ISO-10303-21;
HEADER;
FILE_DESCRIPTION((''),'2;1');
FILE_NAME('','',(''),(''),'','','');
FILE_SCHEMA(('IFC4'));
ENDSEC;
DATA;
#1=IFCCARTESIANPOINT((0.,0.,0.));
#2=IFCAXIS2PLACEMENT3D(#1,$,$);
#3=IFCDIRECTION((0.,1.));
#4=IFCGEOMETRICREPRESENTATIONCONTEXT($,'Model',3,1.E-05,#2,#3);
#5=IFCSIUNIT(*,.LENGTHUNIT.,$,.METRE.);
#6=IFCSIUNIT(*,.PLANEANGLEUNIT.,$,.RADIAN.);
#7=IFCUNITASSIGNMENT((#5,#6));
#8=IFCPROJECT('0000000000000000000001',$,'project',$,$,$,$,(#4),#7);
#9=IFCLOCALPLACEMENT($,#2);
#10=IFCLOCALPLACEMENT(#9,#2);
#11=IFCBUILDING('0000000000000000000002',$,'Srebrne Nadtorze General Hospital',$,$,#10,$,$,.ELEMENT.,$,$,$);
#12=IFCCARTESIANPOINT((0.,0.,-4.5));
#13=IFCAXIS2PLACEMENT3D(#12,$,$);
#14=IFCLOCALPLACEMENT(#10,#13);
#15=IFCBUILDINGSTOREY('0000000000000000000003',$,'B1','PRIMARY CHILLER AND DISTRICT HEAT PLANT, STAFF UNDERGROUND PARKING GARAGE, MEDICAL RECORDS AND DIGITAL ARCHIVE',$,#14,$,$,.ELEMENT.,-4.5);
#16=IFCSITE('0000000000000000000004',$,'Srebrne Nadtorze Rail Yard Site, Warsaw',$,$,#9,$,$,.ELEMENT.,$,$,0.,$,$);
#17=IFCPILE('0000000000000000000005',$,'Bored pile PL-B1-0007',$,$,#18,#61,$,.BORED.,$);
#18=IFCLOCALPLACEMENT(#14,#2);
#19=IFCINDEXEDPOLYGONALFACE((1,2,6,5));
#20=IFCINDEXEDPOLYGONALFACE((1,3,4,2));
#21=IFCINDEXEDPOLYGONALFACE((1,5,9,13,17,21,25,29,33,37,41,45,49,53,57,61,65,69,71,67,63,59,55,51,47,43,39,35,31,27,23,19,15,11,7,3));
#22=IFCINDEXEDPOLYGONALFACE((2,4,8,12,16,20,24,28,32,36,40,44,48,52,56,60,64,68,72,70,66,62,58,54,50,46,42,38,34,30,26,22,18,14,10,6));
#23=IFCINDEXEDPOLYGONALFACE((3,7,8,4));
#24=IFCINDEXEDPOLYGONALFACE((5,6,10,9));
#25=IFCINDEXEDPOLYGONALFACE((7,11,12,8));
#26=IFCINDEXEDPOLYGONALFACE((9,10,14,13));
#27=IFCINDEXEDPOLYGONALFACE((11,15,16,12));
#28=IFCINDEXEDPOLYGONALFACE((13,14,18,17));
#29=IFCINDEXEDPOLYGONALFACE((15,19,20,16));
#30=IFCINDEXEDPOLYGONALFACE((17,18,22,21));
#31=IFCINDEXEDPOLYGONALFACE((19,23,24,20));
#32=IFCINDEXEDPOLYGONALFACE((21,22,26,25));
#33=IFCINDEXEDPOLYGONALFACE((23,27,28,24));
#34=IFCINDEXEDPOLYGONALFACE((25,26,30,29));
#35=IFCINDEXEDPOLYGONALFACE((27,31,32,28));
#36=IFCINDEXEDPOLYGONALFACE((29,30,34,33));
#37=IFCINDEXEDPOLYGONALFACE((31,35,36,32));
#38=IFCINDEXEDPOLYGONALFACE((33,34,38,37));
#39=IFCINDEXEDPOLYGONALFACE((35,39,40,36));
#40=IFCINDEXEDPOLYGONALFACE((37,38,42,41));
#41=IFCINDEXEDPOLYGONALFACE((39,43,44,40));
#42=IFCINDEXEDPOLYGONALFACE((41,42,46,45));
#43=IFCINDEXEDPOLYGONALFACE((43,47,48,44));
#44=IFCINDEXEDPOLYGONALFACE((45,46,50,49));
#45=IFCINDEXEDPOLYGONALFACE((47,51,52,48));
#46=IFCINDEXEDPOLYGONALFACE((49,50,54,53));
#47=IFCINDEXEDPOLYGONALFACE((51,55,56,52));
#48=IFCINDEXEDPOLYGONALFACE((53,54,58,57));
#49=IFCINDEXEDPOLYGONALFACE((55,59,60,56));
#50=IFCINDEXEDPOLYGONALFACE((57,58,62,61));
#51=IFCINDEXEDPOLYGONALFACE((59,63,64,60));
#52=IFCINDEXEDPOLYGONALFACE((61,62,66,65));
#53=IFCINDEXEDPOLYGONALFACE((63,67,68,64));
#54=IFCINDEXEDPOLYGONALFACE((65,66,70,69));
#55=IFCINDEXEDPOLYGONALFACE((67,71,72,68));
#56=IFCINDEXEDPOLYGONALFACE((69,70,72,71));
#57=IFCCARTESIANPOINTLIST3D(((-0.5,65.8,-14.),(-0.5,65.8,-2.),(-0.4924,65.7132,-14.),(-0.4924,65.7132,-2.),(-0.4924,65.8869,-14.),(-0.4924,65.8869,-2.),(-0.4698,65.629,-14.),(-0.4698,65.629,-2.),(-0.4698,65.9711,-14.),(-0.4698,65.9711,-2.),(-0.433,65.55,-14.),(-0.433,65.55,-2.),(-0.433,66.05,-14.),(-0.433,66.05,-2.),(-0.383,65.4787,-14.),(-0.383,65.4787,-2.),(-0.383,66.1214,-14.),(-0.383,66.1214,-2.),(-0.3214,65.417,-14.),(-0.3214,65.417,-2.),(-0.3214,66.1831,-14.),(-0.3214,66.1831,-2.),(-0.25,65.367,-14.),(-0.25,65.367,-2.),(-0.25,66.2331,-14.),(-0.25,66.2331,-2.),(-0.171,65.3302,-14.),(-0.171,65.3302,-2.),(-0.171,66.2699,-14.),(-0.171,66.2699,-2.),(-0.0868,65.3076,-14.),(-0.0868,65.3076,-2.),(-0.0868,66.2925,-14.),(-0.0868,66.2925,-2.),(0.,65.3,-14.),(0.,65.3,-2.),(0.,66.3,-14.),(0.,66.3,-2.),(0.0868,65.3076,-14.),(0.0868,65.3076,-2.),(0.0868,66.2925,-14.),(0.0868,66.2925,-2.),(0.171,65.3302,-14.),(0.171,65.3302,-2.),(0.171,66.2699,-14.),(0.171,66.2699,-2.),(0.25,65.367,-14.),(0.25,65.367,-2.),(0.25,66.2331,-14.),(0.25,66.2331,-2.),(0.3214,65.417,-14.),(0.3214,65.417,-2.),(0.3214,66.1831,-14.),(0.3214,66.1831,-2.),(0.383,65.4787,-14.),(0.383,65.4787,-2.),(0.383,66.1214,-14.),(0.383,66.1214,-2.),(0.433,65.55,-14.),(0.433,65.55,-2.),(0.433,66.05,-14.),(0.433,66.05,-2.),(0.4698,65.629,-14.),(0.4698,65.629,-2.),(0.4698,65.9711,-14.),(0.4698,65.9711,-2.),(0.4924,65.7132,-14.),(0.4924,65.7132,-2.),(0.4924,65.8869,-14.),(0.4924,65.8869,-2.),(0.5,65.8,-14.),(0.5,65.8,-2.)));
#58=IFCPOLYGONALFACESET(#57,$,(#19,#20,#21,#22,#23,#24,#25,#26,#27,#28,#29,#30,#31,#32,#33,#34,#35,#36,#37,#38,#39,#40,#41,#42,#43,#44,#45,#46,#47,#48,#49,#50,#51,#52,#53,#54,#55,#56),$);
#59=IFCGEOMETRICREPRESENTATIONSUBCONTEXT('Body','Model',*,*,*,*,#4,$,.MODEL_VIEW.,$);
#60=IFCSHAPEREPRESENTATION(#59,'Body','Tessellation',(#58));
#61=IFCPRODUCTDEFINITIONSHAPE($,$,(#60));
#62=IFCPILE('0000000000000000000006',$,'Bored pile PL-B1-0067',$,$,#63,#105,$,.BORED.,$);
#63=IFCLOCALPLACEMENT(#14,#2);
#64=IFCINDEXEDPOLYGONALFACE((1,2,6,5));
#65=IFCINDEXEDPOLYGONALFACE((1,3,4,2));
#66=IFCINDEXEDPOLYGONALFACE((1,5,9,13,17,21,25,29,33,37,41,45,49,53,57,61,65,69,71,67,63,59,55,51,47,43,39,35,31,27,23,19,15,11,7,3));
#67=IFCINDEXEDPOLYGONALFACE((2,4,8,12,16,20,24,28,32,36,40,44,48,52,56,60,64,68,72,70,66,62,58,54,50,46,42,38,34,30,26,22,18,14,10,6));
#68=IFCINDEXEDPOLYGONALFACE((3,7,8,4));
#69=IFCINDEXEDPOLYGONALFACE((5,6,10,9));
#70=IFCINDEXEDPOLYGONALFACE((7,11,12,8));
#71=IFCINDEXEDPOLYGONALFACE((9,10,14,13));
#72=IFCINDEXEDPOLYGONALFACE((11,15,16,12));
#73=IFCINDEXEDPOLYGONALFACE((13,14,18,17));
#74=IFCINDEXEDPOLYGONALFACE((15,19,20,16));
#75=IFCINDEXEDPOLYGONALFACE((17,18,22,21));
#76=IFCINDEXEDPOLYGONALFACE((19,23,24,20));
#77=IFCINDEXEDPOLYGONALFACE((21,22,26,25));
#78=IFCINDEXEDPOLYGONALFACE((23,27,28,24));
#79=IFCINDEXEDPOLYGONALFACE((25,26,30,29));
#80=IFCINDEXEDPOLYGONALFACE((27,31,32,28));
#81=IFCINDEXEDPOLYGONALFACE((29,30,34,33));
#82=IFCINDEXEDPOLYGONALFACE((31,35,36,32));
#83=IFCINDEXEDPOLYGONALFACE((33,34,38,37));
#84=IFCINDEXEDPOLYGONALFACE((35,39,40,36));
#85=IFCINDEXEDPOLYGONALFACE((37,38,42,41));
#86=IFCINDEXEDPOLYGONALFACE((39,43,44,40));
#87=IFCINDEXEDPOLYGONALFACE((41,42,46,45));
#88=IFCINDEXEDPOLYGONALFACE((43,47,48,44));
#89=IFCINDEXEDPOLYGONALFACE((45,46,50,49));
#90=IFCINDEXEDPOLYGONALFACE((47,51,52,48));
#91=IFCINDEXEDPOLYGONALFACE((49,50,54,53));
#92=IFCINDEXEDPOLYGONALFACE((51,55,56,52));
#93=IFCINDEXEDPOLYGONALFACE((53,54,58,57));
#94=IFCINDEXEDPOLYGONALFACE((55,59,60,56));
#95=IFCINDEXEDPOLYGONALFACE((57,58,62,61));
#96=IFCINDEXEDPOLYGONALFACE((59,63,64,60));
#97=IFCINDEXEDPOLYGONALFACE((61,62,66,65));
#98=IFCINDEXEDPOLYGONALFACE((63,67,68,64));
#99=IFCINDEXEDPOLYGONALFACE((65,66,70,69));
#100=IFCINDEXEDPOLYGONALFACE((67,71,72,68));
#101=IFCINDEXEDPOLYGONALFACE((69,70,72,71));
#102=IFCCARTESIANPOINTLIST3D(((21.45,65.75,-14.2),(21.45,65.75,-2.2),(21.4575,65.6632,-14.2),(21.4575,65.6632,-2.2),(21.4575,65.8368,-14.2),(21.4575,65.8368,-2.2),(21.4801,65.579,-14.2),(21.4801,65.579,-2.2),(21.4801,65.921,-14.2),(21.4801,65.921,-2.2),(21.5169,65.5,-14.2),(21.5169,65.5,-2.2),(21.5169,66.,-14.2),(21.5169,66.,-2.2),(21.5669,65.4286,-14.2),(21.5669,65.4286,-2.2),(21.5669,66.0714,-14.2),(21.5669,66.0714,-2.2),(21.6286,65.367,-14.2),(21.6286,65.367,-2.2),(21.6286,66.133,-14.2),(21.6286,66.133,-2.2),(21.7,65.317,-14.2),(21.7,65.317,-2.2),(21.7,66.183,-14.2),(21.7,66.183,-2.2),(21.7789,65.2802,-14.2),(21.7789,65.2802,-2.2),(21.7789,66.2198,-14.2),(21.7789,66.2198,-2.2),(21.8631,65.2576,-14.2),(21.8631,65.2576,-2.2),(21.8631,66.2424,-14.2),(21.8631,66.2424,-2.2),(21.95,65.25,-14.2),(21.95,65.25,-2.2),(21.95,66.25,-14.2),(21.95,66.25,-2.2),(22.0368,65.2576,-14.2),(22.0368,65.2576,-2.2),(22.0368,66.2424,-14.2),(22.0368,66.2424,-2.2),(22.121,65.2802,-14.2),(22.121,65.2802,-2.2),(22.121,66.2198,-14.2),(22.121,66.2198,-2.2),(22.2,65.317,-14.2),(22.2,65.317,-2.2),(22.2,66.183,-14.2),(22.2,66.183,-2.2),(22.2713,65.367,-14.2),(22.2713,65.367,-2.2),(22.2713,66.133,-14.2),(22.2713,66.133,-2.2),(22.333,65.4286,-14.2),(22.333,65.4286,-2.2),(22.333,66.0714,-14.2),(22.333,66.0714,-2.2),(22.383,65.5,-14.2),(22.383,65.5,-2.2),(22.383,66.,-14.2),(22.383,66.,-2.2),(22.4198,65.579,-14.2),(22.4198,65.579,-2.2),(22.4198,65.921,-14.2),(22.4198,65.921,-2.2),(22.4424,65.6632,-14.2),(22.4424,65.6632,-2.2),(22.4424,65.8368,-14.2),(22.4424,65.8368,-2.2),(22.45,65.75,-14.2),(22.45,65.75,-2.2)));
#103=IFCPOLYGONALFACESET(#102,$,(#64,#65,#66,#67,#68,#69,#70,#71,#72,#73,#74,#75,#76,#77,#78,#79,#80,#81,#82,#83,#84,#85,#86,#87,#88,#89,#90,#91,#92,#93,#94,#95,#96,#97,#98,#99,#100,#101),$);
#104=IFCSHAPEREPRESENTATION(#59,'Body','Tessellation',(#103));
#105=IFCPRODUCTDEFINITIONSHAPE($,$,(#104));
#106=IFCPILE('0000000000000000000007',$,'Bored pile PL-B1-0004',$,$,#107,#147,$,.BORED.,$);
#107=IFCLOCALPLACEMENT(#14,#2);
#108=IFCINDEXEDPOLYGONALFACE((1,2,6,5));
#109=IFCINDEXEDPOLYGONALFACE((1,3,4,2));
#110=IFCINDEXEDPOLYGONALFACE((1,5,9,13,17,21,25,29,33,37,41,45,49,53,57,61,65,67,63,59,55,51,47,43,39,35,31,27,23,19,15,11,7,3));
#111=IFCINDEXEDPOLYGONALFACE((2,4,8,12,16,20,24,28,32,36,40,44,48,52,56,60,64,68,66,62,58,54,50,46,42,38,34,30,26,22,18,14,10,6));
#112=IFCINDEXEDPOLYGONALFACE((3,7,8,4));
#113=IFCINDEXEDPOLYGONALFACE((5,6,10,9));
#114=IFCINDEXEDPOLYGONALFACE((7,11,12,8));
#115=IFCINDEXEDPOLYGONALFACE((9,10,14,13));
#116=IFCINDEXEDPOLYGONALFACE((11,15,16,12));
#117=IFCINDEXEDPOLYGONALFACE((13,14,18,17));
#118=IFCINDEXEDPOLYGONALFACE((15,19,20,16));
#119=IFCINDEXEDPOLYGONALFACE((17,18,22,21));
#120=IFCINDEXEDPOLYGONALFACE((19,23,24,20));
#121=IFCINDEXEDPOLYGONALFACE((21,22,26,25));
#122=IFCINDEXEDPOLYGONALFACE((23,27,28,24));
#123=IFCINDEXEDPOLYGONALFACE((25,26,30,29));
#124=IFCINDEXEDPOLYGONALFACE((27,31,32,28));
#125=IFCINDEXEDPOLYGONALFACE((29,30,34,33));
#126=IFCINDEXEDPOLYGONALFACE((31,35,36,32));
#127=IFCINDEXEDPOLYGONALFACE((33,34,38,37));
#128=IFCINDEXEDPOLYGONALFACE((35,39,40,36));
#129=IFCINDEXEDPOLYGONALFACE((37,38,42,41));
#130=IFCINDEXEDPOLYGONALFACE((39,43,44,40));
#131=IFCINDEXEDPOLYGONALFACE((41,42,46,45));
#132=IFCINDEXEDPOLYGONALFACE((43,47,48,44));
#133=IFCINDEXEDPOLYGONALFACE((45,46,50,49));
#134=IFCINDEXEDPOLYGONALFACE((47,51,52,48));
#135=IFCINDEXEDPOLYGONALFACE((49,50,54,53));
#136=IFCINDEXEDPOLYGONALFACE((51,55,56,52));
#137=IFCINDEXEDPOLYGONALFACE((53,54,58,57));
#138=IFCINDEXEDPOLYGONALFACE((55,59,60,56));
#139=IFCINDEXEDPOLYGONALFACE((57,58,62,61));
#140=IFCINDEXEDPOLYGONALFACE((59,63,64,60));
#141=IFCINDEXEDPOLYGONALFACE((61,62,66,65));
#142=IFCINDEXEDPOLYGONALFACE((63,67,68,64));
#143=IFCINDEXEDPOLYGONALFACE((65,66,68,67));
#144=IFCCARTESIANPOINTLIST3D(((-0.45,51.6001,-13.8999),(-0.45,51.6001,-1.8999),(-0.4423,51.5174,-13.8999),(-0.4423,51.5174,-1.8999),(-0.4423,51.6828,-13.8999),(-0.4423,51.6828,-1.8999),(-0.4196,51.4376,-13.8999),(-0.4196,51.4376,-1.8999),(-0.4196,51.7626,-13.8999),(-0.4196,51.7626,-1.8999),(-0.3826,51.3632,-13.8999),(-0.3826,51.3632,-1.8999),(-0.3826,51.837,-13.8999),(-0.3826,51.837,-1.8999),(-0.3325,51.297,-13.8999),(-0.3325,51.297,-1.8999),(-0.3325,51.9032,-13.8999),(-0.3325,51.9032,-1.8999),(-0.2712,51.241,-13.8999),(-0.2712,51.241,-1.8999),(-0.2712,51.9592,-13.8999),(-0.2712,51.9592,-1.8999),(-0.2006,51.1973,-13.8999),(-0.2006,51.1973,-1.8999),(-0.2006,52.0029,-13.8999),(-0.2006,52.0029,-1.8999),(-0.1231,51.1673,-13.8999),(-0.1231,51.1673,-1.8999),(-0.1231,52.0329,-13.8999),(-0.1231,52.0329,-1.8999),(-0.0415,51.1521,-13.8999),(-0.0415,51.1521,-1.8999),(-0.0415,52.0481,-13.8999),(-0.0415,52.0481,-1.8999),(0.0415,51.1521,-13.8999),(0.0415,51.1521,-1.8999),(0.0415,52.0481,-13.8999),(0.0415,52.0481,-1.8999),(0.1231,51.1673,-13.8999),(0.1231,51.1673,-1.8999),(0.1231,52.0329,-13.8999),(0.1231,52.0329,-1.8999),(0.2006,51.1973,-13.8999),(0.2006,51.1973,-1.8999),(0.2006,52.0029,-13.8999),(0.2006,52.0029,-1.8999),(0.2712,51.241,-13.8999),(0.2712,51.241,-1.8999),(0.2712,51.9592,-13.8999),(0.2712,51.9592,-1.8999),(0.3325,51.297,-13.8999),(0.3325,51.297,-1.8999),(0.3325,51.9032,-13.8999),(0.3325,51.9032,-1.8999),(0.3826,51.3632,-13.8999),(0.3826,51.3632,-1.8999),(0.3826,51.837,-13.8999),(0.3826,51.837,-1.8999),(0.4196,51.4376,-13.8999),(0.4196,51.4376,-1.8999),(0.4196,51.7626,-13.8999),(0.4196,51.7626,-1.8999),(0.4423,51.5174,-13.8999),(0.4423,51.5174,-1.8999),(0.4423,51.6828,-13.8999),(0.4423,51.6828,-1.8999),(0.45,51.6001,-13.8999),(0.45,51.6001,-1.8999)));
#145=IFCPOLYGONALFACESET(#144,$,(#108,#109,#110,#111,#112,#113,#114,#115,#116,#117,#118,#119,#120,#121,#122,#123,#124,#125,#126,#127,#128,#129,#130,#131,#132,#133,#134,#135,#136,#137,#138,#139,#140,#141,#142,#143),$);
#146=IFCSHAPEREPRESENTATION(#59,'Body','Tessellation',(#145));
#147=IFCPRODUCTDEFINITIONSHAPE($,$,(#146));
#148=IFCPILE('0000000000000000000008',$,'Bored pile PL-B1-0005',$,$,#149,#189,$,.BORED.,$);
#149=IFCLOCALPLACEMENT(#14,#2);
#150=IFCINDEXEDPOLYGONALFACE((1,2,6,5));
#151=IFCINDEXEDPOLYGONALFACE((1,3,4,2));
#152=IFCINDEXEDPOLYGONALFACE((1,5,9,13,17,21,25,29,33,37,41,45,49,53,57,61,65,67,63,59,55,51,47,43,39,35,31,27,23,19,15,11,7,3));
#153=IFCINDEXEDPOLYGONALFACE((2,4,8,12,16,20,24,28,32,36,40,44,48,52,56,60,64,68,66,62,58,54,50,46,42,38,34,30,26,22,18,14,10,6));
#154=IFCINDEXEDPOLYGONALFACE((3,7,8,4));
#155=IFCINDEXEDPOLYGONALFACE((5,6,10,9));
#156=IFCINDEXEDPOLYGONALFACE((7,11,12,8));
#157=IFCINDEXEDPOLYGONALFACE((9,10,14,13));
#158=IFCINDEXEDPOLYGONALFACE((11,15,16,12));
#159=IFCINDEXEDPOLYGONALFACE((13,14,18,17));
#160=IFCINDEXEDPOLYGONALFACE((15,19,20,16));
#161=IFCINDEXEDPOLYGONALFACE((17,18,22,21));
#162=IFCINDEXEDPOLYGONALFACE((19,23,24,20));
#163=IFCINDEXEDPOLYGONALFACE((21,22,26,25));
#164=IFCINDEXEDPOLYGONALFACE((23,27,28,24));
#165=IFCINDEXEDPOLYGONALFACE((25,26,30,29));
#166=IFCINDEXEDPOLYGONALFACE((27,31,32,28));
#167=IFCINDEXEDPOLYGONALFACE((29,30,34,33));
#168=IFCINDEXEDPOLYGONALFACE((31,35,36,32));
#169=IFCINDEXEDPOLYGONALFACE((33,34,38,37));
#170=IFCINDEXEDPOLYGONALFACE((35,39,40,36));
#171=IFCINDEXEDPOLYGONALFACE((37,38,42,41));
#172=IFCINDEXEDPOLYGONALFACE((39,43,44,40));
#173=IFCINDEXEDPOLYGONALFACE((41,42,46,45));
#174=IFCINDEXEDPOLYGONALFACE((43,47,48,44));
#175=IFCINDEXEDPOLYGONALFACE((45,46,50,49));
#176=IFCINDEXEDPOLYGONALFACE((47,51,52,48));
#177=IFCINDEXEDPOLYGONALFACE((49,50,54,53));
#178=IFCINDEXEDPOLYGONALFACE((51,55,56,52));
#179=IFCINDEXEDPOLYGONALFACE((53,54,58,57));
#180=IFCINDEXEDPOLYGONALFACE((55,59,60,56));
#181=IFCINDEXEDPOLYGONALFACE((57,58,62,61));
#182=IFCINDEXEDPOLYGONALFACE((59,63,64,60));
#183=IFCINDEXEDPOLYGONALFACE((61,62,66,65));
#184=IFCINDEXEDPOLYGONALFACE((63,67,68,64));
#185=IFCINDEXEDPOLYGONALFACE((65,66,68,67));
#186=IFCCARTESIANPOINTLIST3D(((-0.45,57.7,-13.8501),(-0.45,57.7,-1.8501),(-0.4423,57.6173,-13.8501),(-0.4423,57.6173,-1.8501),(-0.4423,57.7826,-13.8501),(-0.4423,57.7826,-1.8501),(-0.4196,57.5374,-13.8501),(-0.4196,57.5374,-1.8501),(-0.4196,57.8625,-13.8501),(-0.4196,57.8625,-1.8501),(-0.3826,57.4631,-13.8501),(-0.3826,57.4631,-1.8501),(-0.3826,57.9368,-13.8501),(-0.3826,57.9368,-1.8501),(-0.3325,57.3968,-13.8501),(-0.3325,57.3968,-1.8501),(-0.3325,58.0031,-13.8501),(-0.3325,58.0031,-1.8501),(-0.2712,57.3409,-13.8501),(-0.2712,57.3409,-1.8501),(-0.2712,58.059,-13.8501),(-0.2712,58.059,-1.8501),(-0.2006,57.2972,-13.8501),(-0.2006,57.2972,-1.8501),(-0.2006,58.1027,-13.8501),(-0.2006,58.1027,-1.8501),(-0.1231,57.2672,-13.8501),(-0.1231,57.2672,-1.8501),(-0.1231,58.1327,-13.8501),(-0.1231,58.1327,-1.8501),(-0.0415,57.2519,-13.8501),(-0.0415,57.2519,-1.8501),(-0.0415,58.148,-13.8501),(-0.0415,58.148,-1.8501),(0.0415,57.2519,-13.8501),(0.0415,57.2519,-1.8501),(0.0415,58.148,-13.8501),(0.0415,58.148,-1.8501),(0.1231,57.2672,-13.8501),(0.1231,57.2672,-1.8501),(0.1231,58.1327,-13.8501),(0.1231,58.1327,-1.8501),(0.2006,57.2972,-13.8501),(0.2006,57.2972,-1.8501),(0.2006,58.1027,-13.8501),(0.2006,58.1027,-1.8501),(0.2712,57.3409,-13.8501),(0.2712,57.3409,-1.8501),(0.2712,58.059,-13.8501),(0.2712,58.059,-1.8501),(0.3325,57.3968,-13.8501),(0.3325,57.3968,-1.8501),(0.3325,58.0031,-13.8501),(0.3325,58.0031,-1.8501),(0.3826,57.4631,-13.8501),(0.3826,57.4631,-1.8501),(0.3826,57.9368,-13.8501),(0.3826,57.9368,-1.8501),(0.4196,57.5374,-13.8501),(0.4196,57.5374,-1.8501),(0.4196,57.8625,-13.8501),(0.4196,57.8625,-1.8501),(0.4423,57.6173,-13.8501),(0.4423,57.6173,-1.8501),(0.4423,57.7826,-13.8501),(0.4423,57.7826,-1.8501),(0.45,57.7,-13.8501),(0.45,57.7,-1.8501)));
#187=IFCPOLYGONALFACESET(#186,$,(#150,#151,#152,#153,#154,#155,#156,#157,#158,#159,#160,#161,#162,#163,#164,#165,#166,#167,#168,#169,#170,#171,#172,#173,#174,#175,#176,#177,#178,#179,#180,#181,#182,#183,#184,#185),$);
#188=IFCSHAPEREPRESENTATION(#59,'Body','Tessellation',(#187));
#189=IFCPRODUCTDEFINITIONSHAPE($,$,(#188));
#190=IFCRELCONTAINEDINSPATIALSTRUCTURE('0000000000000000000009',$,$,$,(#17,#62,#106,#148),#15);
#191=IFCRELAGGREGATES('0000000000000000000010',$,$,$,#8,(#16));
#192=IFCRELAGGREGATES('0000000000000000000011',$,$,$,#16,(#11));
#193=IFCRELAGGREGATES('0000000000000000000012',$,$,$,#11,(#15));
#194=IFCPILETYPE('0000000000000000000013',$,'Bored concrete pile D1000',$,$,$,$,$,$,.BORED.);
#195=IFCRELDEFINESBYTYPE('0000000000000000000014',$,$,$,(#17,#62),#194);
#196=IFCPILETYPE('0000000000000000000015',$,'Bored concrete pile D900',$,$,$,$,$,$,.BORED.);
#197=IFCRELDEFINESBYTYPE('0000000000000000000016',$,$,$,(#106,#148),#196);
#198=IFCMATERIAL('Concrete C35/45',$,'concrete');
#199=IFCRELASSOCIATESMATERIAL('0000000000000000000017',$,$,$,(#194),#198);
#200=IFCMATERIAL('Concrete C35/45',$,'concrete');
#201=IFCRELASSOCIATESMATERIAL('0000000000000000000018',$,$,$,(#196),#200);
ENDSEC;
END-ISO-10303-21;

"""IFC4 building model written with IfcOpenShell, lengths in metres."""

from ifc_helpers import new_model, si_unit, direction, frame, origin, origin_2d, place, context, subcontext, project, spatial, circle, extrude, material, material_profile, profile_set, type_object, element, save


model = new_model("IFC4")

# Units and contexts
model_context = context("Model", 3, precision=1e-05, world=origin(), true_north=direction((0.0, 1.0)))
body_context = subcontext(model_context, "Body", "Model", "MODEL_VIEW")
ifc_project = project(units=[si_unit("LENGTHUNIT", "METRE"), si_unit("PLANEANGLEUNIT", "RADIAN")], contexts=[model_context])

# Site, building, storey
site_placement = place(None, origin())
site = spatial("IfcSite", under=ifc_project, at=site_placement, Name="Srebrne Nadtorze Rail Yard Site, Warsaw", CompositionType="ELEMENT", RefElevation=0.0)
building_placement = place(site_placement, origin())
building = spatial("IfcBuilding", under=site, at=building_placement, Name="Srebrne Nadtorze General Hospital", CompositionType="ELEMENT")
storey_placement = place(building_placement, frame((0.0, 0.0, -4.5)))
storey = spatial("IfcBuildingStorey", under=building, at=storey_placement, Name="B1", Description="PRIMARY CHILLER AND DISTRICT HEAT PLANT, STAFF UNDERGROUND PARKING GARAGE, MEDICAL RECORDS AND DIGITAL ARCHIVE", CompositionType="ELEMENT", Elevation=-4.5)

# Piles
ifc_material_1 = material(Name="Concrete C35/45", Category="concrete")
ifc_material_profile_1 = material_profile(ifc_material_1, circle(Radius=0.5, at=origin_2d()), Name="PILE-D1000")
ifc_profile_set_1 = profile_set([ifc_material_profile_1], Name="Concrete C35/45")
pile_type_1 = type_object("IfcPileType", Name="Bored concrete pile D1000", PredefinedType="BORED", material=ifc_profile_set_1)
for number, where, z_axis, x_axis, name in (
    (1, (0.0, 65.8, -2.0), (0.0, 0.0, -1.0), (1.0, 0.0, 0.0), "Bored pile PL-B1-0007"),
    (2, (21.95, 65.75, -2.2), (0.0, 0.0, -1.0), (1.0, 0.0, 0.0), "Bored pile PL-B1-0067"),
):
    element("IfcPile", number, at=place(storey_placement, frame(where, z_axis=z_axis, x_axis=x_axis)), inside=storey, type_object=pile_type_1, Name=name, PredefinedType="BORED", context=body_context, shape_type="SweptSolid", body=[
        extrude(circle(Radius=0.5, at=origin_2d()), origin(), (0.0, 0.0, 1.0), 12.0),
    ])
ifc_material_2 = material(Name="Concrete C35/45", Category="concrete")
ifc_material_profile_2 = material_profile(ifc_material_2, circle(Radius=0.45, at=origin_2d()), Name="PILE-D900")
ifc_profile_set_2 = profile_set([ifc_material_profile_2], Name="Concrete C35/45")
pile_type_2 = type_object("IfcPileType", Name="Bored concrete pile D900", PredefinedType="BORED", material=ifc_profile_set_2)
for number, where, z_axis, x_axis, name in (
    (3, (0.0, 51.6001, -1.8999), (0.0, 0.0, -1.0), (1.0, 0.0, 0.0), "Bored pile PL-B1-0004"),
    (4, (0.0, 57.7, -1.8501), (0.0, 0.0, -1.0), (1.0, 0.0, 0.0), "Bored pile PL-B1-0005"),
):
    element("IfcPile", number, at=place(storey_placement, frame(where, z_axis=z_axis, x_axis=x_axis)), inside=storey, type_object=pile_type_2, Name=name, PredefinedType="BORED", context=body_context, shape_type="SweptSolid", body=[
        extrude(circle(Radius=0.45, at=origin_2d()), origin(), (0.0, 0.0, 1.0), 12.0),
    ])

save(model, "model.ifc")
